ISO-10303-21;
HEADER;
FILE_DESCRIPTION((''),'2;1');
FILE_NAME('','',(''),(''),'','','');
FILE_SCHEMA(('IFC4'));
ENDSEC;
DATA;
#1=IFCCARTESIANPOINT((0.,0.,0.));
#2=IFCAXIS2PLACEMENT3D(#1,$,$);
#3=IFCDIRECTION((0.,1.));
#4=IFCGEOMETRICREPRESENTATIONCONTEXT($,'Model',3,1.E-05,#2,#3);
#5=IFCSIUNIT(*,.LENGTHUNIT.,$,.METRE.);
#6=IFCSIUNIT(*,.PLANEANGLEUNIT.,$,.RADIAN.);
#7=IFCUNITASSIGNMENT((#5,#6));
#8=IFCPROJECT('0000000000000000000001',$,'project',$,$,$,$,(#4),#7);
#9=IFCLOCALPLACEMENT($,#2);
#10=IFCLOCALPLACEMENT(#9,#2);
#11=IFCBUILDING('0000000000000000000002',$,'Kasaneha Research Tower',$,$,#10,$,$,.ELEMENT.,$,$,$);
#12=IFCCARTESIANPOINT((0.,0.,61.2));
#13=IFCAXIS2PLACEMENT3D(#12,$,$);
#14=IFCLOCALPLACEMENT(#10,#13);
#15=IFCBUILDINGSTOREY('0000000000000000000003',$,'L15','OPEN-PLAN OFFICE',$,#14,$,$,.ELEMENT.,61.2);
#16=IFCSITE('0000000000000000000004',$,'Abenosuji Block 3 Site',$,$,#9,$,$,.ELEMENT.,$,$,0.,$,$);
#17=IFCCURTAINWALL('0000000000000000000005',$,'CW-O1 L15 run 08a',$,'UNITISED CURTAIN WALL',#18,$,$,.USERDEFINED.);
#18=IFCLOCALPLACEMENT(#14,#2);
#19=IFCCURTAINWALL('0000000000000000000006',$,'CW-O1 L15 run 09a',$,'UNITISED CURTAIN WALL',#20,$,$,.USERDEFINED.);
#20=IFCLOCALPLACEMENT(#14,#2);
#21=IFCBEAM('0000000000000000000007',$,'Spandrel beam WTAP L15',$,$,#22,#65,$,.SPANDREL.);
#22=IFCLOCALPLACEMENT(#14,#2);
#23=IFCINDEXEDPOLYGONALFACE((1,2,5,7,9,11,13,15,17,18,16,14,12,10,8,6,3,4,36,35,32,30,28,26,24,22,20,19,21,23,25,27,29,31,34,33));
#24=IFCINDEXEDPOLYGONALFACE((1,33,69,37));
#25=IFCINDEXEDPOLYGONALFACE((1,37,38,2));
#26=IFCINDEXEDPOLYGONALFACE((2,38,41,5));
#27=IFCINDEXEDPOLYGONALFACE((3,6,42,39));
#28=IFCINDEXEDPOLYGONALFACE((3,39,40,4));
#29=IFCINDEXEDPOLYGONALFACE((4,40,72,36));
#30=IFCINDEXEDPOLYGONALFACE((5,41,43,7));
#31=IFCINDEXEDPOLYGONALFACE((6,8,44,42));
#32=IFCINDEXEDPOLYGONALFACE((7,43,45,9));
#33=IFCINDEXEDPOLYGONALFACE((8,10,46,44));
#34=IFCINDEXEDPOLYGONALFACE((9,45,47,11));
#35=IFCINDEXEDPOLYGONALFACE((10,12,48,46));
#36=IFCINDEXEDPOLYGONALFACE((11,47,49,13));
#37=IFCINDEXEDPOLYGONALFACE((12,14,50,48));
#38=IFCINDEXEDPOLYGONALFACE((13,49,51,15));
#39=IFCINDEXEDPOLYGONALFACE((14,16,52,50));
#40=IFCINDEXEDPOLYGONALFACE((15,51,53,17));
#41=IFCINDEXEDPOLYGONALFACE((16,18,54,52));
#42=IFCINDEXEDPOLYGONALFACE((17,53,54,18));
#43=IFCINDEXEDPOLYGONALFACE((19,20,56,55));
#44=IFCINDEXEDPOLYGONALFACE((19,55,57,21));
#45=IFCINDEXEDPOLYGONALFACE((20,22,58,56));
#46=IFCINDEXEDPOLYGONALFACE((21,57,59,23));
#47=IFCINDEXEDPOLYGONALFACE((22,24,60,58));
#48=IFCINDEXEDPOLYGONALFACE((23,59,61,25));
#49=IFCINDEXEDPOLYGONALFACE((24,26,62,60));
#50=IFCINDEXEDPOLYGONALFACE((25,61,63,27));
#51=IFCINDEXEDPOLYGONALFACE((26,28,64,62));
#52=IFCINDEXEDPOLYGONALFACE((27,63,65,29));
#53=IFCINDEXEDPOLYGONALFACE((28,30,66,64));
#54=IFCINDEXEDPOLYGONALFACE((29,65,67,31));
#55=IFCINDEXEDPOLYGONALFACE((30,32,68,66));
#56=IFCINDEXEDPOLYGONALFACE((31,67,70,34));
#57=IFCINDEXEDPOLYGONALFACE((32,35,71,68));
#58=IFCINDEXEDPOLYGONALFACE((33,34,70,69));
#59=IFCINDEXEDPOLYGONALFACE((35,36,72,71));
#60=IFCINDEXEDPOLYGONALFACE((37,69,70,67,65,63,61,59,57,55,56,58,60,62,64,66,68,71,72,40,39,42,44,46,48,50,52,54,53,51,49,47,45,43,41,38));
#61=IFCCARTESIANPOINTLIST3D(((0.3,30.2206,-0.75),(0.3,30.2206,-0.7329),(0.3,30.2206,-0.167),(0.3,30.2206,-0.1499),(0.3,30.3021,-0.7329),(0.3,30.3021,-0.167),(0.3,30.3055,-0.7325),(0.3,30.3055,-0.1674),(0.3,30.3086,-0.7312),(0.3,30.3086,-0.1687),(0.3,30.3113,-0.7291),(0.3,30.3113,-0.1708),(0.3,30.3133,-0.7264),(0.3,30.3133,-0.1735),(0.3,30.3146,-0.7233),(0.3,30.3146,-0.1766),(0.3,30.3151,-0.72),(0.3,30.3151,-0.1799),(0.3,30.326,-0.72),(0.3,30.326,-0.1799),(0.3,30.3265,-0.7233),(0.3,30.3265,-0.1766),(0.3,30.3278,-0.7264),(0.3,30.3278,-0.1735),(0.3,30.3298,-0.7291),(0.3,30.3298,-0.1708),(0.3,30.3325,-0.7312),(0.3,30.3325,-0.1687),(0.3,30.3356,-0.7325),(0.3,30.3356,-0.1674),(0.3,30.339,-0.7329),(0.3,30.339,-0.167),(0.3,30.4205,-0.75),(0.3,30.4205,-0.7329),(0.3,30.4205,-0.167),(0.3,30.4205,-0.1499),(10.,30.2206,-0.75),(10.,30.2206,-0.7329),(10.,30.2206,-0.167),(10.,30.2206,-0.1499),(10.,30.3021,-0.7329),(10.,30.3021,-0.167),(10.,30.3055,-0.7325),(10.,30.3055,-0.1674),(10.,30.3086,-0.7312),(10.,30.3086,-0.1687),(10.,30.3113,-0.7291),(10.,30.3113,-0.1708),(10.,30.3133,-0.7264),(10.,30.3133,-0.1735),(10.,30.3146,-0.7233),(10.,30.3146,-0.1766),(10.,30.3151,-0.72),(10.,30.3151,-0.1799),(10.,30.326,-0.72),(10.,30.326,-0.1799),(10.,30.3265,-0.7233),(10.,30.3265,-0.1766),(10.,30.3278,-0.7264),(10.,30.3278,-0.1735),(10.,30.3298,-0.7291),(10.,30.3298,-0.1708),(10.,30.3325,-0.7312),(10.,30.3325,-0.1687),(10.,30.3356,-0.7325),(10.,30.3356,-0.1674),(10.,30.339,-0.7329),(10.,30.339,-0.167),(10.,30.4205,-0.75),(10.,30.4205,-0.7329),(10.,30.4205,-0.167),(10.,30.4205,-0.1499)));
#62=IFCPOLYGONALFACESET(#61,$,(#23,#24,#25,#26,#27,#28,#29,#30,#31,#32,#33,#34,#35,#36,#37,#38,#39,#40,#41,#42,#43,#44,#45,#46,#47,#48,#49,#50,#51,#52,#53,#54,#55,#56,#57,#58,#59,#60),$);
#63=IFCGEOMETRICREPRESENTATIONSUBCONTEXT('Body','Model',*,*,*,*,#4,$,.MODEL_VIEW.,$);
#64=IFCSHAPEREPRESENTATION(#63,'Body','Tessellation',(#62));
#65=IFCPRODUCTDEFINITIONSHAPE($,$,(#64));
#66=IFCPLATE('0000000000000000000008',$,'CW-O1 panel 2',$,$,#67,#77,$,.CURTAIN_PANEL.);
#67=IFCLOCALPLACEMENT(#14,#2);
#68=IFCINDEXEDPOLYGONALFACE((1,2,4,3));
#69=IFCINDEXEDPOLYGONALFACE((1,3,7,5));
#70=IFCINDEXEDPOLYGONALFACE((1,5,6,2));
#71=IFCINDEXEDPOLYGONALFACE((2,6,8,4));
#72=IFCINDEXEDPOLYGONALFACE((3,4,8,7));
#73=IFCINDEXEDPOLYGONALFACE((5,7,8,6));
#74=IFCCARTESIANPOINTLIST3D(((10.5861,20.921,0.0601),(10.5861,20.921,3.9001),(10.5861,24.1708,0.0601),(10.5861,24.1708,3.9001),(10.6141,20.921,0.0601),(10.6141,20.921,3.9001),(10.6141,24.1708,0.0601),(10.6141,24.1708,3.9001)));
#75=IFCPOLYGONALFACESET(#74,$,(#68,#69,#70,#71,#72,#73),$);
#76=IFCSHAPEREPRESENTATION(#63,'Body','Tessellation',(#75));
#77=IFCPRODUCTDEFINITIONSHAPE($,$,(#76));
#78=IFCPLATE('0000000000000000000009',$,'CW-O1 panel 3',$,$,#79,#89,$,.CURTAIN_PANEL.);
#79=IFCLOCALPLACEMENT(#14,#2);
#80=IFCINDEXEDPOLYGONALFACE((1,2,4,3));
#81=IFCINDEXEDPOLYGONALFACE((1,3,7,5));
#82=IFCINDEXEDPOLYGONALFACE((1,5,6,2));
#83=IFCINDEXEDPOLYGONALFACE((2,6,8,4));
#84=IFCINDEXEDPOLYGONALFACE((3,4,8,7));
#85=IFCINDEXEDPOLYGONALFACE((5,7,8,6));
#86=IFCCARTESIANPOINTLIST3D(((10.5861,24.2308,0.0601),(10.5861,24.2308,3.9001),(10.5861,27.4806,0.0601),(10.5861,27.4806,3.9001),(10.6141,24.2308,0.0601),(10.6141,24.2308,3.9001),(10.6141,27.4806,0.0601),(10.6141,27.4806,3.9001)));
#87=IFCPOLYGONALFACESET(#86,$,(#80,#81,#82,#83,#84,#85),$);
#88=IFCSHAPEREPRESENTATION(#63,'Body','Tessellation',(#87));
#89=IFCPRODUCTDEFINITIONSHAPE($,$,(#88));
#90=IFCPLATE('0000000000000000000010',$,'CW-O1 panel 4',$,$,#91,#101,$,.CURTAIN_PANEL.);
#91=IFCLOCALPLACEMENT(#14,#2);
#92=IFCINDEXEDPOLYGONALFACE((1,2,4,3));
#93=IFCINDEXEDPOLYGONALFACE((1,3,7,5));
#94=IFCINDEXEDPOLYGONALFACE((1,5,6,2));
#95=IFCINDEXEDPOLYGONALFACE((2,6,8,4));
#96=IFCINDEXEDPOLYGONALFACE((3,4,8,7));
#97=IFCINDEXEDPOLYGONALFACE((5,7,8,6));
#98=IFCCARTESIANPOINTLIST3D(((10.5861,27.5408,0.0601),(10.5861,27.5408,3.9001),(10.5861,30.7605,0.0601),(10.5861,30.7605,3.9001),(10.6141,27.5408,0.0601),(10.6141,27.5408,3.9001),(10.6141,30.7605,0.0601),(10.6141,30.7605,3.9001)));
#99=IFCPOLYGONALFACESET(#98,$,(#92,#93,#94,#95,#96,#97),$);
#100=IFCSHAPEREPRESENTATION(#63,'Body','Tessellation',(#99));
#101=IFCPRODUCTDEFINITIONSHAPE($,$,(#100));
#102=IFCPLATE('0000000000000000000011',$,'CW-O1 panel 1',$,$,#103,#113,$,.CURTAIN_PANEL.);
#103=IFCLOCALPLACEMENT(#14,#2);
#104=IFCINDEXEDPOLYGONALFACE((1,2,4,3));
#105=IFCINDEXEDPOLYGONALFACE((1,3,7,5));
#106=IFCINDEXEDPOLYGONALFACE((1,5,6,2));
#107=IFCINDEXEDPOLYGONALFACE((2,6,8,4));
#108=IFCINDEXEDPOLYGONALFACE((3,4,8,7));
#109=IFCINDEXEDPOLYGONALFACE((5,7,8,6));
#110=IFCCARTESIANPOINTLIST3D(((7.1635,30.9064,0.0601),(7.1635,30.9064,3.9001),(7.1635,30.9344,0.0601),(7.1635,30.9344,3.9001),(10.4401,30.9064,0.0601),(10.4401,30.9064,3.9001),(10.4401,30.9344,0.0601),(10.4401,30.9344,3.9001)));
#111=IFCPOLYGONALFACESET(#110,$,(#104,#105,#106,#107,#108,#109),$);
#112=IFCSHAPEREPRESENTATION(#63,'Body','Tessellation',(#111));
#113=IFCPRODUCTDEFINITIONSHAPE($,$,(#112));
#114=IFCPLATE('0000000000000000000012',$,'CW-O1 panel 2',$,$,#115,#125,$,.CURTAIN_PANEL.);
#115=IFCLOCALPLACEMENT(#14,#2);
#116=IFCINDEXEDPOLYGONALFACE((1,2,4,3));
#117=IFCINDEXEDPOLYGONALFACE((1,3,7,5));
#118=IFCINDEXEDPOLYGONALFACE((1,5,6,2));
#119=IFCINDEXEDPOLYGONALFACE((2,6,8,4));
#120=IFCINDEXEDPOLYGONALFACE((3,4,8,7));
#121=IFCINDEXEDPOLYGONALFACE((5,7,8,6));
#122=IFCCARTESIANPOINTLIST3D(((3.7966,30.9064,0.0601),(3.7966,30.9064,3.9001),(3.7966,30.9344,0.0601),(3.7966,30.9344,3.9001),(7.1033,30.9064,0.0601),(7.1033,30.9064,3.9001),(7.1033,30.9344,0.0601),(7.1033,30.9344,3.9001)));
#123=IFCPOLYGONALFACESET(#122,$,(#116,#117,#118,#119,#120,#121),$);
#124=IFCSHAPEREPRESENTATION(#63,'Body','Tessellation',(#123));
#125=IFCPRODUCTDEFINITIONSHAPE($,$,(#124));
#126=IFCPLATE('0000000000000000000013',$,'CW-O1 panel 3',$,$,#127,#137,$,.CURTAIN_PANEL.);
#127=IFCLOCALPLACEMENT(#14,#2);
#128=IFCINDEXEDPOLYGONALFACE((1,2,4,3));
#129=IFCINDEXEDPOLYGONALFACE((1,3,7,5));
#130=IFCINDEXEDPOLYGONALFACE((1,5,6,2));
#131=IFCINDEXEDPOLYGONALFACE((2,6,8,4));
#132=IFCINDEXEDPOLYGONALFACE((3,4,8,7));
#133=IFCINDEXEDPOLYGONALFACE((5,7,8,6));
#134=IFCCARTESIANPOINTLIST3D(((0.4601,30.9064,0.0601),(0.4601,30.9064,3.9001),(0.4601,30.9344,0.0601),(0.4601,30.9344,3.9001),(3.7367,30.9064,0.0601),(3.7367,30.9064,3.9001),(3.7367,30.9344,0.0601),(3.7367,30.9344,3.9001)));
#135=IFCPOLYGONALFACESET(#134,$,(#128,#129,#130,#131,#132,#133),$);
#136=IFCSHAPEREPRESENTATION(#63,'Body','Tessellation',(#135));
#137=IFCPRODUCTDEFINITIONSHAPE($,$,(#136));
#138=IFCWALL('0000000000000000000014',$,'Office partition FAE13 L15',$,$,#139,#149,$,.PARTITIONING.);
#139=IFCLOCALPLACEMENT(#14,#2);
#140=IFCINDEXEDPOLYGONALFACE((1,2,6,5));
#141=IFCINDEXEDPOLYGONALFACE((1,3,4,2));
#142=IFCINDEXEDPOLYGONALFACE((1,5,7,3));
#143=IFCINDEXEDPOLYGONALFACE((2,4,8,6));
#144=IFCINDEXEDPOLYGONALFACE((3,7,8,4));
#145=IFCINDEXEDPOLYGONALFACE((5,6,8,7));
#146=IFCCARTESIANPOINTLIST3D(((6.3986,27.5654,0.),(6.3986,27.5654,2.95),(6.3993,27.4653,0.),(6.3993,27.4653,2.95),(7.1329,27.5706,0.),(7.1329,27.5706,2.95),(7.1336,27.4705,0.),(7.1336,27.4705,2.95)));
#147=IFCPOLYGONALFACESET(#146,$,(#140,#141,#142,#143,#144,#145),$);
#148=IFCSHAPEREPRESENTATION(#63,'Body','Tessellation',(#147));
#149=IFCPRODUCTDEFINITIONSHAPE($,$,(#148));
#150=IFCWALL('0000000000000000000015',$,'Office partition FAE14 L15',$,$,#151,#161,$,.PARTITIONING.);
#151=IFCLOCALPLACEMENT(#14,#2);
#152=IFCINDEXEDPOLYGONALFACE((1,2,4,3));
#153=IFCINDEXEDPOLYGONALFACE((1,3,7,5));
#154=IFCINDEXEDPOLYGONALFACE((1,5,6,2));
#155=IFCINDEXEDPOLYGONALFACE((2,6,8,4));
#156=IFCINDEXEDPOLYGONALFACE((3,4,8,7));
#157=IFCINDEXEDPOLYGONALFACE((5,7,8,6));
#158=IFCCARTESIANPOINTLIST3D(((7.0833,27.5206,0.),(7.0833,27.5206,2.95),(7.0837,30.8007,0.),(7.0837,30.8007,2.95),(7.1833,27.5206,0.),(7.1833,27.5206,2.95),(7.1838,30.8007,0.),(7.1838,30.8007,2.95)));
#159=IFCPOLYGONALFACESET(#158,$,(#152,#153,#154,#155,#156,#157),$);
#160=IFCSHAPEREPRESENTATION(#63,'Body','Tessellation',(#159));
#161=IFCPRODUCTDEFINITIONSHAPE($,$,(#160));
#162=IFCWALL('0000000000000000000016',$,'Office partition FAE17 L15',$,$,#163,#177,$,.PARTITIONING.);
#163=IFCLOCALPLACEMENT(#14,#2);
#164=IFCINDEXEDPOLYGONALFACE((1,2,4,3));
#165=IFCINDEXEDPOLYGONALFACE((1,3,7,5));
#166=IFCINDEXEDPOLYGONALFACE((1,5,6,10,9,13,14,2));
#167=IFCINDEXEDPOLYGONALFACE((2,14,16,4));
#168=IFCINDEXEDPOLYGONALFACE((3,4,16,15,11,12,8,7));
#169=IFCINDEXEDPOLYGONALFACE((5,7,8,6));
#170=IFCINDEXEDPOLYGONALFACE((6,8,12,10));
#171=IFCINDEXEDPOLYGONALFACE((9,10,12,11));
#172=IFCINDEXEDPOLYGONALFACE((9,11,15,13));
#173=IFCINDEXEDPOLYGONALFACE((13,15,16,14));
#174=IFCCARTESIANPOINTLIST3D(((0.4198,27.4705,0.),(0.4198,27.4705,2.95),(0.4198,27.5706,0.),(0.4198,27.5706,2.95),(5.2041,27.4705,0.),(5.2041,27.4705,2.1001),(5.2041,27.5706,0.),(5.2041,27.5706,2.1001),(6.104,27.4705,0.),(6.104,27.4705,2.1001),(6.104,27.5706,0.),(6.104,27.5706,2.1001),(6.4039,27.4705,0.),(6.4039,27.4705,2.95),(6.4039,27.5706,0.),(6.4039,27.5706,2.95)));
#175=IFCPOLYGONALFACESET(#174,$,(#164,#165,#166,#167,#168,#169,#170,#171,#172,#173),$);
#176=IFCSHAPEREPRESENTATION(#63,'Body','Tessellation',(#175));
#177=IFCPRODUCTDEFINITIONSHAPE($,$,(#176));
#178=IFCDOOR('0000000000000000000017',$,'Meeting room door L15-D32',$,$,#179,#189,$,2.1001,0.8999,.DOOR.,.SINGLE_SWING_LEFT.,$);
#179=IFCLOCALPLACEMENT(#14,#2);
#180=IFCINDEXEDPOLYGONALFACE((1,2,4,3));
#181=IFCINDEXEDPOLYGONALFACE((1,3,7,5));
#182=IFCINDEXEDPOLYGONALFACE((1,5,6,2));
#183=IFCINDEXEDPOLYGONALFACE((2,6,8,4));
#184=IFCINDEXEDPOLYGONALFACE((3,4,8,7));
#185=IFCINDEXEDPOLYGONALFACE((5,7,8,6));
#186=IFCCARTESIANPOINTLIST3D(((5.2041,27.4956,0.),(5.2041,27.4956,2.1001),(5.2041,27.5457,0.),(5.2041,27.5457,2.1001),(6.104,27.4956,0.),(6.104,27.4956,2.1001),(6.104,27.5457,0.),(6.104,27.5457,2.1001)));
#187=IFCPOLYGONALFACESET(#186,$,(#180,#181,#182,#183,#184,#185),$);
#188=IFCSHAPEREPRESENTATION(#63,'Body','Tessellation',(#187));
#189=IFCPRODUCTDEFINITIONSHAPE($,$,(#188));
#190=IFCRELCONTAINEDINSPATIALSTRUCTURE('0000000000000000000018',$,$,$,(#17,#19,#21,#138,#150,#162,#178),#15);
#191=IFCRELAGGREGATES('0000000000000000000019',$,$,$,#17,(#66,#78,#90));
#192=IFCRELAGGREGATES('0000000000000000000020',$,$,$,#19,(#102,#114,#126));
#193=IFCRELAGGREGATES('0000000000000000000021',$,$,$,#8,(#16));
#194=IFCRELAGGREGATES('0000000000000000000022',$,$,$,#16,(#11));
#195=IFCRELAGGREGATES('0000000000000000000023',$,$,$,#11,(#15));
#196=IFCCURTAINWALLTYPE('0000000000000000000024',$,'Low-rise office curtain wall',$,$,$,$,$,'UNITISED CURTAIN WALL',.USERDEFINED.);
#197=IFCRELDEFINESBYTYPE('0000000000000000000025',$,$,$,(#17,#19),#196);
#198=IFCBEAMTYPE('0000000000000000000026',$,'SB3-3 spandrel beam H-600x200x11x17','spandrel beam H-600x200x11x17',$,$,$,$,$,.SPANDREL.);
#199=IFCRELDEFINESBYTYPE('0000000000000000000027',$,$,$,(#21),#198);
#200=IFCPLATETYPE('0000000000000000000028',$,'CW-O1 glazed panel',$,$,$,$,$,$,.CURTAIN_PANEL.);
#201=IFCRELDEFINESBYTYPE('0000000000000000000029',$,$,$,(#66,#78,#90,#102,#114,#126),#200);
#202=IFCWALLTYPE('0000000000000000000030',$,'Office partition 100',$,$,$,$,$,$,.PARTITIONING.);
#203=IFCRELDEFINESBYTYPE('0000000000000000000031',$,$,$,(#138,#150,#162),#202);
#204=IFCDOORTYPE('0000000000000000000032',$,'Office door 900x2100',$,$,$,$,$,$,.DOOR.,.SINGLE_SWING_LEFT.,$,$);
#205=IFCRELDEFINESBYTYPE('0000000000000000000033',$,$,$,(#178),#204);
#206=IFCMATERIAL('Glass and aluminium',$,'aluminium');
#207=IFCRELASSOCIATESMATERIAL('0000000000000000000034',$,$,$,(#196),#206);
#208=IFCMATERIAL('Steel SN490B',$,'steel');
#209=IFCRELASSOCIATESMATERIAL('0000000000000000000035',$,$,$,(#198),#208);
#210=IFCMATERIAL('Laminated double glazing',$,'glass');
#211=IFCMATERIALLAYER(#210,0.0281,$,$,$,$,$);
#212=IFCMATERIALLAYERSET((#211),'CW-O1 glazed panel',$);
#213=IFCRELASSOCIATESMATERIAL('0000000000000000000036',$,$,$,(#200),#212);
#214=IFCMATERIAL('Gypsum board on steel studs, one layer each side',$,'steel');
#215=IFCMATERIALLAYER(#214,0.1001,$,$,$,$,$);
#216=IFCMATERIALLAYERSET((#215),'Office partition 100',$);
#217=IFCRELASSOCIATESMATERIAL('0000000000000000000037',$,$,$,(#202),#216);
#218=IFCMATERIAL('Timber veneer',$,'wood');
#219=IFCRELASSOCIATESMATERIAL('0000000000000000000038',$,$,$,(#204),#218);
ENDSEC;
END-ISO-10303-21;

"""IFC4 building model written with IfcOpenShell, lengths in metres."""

from ifc_helpers import new_model, si_unit, direction, frame, frame_2d, origin, origin_2d, place, context, subcontext, project, spatial, rectangle, i_section, extrude, material, layer, layer_set, material_profile, profile_set, type_object, element, fill, aggregate, save


model = new_model("IFC4")

# Units and contexts
model_context = context("Model", 3, precision=1e-05, world=origin(), true_north=direction((0.0, 1.0)))
body_context = subcontext(model_context, "Body", "Model", "MODEL_VIEW")
ifc_project = project(units=[si_unit("LENGTHUNIT", "METRE"), si_unit("PLANEANGLEUNIT", "RADIAN")], contexts=[model_context])

# Site, building, storey
site_placement = place(None, origin())
site = spatial("IfcSite", under=ifc_project, at=site_placement, Name="Abenosuji Block 3 Site", CompositionType="ELEMENT", RefElevation=0.0)
building_placement = place(site_placement, origin())
building = spatial("IfcBuilding", under=site, at=building_placement, Name="Kasaneha Research Tower", CompositionType="ELEMENT")
storey_placement = place(building_placement, frame((0.0, 0.0, 61.2)))
storey = spatial("IfcBuildingStorey", under=building, at=storey_placement, Name="L15", Description="OPEN-PLAN OFFICE", CompositionType="ELEMENT", Elevation=61.2)

# Curtain walls
ifc_material_1 = material(Name="Glass and aluminium", Category="aluminium")
curtain_wall_type = type_object("IfcCurtainWallType", Name="Low-rise office curtain wall", ElementType="UNITISED CURTAIN WALL", PredefinedType="USERDEFINED", material=ifc_material_1)
curtain_wall_1_placement = place(storey_placement, origin())
curtain_wall_1 = element("IfcCurtainWall", 1, at=curtain_wall_1_placement, inside=storey, type_object=curtain_wall_type, Name="CW-O1 L15 run 08a", ObjectType="UNITISED CURTAIN WALL", PredefinedType="USERDEFINED")
curtain_wall_2_placement = place(storey_placement, origin())
curtain_wall_2 = element("IfcCurtainWall", 2, at=curtain_wall_2_placement, inside=storey, type_object=curtain_wall_type, Name="CW-O1 L15 run 09a", ObjectType="UNITISED CURTAIN WALL", PredefinedType="USERDEFINED")

# Beam
ifc_material_2 = material(Name="Steel SN490B", Category="steel")
ifc_material_profile_1 = material_profile(ifc_material_2, i_section(OverallWidth=0.2, OverallDepth=0.6001, WebThickness=0.011, FlangeThickness=0.0171, FilletRadius=0.0129, at=origin_2d()), Name="H-600x200x11x17")
ifc_profile_set_1 = profile_set([ifc_material_profile_1], Name="Steel SN490B")
beam_type_1 = type_object("IfcBeamType", Name="SB3-3 spandrel beam H-600x200x11x17", Description="spandrel beam H-600x200x11x17", PredefinedType="SPANDREL", material=ifc_profile_set_1)
beam_1_placement = place(storey_placement, frame((10.0, 30.3206, -0.45), z_axis=(-1.0, 0.0, 0.0), x_axis=(0.0, -1.0, 0.0)))
element("IfcBeam", 3, at=beam_1_placement, inside=storey, type_object=beam_type_1, Name="Spandrel beam WTAP L15", PredefinedType="SPANDREL", context=body_context, shape_type="SweptSolid", body=[
    extrude(i_section(OverallWidth=0.2, OverallDepth=0.6001, WebThickness=0.011, FlangeThickness=0.0171, FilletRadius=0.0129, at=origin_2d()), origin(), (0.0, 0.0, 1.0), 9.7),
])

# Plates
ifc_material_3 = material(Name="Laminated double glazing", Category="glass")
ifc_layer_1 = layer(ifc_material_3, 0.0281)
ifc_layer_set_1 = layer_set([ifc_layer_1], Name="CW-O1 glazed panel")
plate_type = type_object("IfcPlateType", Name="CW-O1 glazed panel", PredefinedType="CURTAIN_PANEL", material=ifc_layer_set_1)
plate_1_placement = place(storey_placement, frame((10.6001, 22.5459, 0.0601), z_axis=(0.0, 0.0, 1.0), x_axis=(0.0, 1.0, 0.0)))
plate_1 = element("IfcPlate", 4, at=plate_1_placement, type_object=plate_type, Name="CW-O1 panel 2", PredefinedType="CURTAIN_PANEL", context=body_context, shape_type="SweptSolid", body=[
    extrude(rectangle(XDim=3.2498, YDim=0.0281, at=origin_2d()), origin(), (0.0, 0.0, 1.0), 3.8401),
])
plate_2_placement = place(storey_placement, frame((10.6001, 25.8557, 0.0601), z_axis=(0.0, 0.0, 1.0), x_axis=(0.0, 1.0, 0.0)))
plate_2 = element("IfcPlate", 5, at=plate_2_placement, type_object=plate_type, Name="CW-O1 panel 3", PredefinedType="CURTAIN_PANEL", context=body_context, shape_type="SweptSolid", body=[
    extrude(rectangle(XDim=3.2498, YDim=0.0281, at=origin_2d()), origin(), (0.0, 0.0, 1.0), 3.8401),
])
plate_3_placement = place(storey_placement, frame((10.6001, 29.1506, 0.0601), z_axis=(0.0, 0.0, 1.0), x_axis=(0.0, 1.0, 0.0)))
plate_3 = element("IfcPlate", 6, at=plate_3_placement, type_object=plate_type, Name="CW-O1 panel 4", PredefinedType="CURTAIN_PANEL", context=body_context, shape_type="SweptSolid", body=[
    extrude(rectangle(XDim=3.2197, YDim=0.0281, at=origin_2d()), origin(), (0.0, 0.0, 1.0), 3.8401),
])
aggregate(curtain_wall_1, [plate_1, plate_2, plate_3])
plate_4_placement = place(storey_placement, frame((8.8018, 30.9204, 0.0601), z_axis=(0.0, 0.0, 1.0), x_axis=(-1.0, 0.0, 0.0)))
plate_4 = element("IfcPlate", 7, at=plate_4_placement, type_object=plate_type, Name="CW-O1 panel 1", PredefinedType="CURTAIN_PANEL", context=body_context, shape_type="SweptSolid", body=[
    extrude(rectangle(XDim=3.2766, YDim=0.0281, at=origin_2d()), origin(), (0.0, 0.0, 1.0), 3.8401),
])
plate_5_placement = place(storey_placement, frame((5.45, 30.9204, 0.0601), z_axis=(0.0, 0.0, 1.0), x_axis=(-1.0, 0.0, 0.0)))
plate_5 = element("IfcPlate", 8, at=plate_5_placement, type_object=plate_type, Name="CW-O1 panel 2", PredefinedType="CURTAIN_PANEL", context=body_context, shape_type="SweptSolid", body=[
    extrude(rectangle(XDim=3.3066, YDim=0.0281, at=origin_2d()), origin(), (0.0, 0.0, 1.0), 3.8401),
])
plate_6_placement = place(storey_placement, frame((2.0984, 30.9204, 0.0601), z_axis=(0.0, 0.0, 1.0), x_axis=(-1.0, 0.0, 0.0)))
plate_6 = element("IfcPlate", 9, at=plate_6_placement, type_object=plate_type, Name="CW-O1 panel 3", PredefinedType="CURTAIN_PANEL", context=body_context, shape_type="SweptSolid", body=[
    extrude(rectangle(XDim=3.2766, YDim=0.0281, at=origin_2d()), origin(), (0.0, 0.0, 1.0), 3.8401),
])
aggregate(curtain_wall_2, [plate_4, plate_5, plate_6])

# Walls
ifc_material_4 = material(Name="Gypsum board on steel studs, one layer each side", Category="steel")
ifc_layer_2 = layer(ifc_material_4, 0.1001)
ifc_layer_set_2 = layer_set([ifc_layer_2], Name="Office partition 100")
wall_type = type_object("IfcWallType", Name="Office partition 100", PredefinedType="PARTITIONING", material=ifc_layer_set_2)
wall_1_placement = place(storey_placement, frame((6.3989, 27.5154, 0.0), z_axis=(0.0, 0.0, 1.0), x_axis=(0.999976, 0.006981, 0.0)))
element("IfcWall", 10, at=wall_1_placement, inside=storey, type_object=wall_type, Name="Office partition FAE13 L15", PredefinedType="PARTITIONING", context=body_context, shape_type="SweptSolid", body=[
    extrude(rectangle(XDim=0.7344, YDim=0.1001, at=frame_2d((0.3672, 0.0))), origin(), (0.0, 0.0, 1.0), 2.95),
])
wall_2_placement = place(storey_placement, frame((7.1333, 27.5205, 0.0), z_axis=(0.0, 0.0, 1.0), x_axis=(0.000149, 1.0, 0.0)))
element("IfcWall", 11, at=wall_2_placement, inside=storey, type_object=wall_type, Name="Office partition FAE14 L15", PredefinedType="PARTITIONING", context=body_context, shape_type="SweptSolid", body=[
    extrude(rectangle(XDim=3.28, YDim=0.1001, at=frame_2d((1.6401, 0.0))), origin(), (0.0, 0.0, 1.0), 2.95),
])

# Wall, opening, door
wall_3_placement = place(storey_placement, frame((6.4041, 27.5205, 0.0), z_axis=(0.0, 0.0, 1.0), x_axis=(-1.0, 0.0, 0.0)))
wall_3 = element("IfcWall", 12, at=wall_3_placement, inside=storey, type_object=wall_type, Name="Office partition FAE17 L15", PredefinedType="PARTITIONING", context=body_context, shape_type="SweptSolid", body=[
    extrude(rectangle(XDim=5.9841, YDim=0.1001, at=frame_2d((2.9922, 0.0))), origin(), (0.0, 0.0, 1.0), 2.95),
])
opening_placement = place(wall_3_placement, frame((0.3, 0.0, 0.0)))
opening = element("IfcOpeningElement", 13, at=opening_placement, cuts=wall_3, PredefinedType="OPENING", context=body_context, shape_type="SweptSolid", body=[
    extrude(rectangle(XDim=0.8999, YDim=2.1001, at=frame_2d((0.45, 1.05))), frame((0.0, 0.0601, 0.0), z_axis=(0.0, -1.0, 0.0), x_axis=(1.0, 0.0, 0.0)), (0.0, 0.0, 1.0), 0.1201),
])
ifc_material_5 = material(Name="Timber veneer", Category="wood")
door_type = type_object("IfcDoorType", Name="Office door 900x2100", OperationType="SINGLE_SWING_LEFT", PredefinedType="DOOR", material=ifc_material_5)
door_placement = place(opening_placement, origin())
door = element("IfcDoor", 14, at=door_placement, inside=storey, type_object=door_type, Name="Meeting room door L15-D32", OperationType="SINGLE_SWING_LEFT", OverallHeight=2.1001, OverallWidth=0.8999, PredefinedType="DOOR", context=body_context, shape_type="SweptSolid", body=[
    extrude(rectangle(XDim=0.8999, YDim=2.1001, at=frame_2d((0.45, 1.05))), frame((0.0, 0.0249, 0.0), z_axis=(0.0, -1.0, 0.0), x_axis=(1.0, 0.0, 0.0)), (0.0, 0.0, 1.0), 0.05),
])
fill(opening, door)

save(model, "model.ifc")
